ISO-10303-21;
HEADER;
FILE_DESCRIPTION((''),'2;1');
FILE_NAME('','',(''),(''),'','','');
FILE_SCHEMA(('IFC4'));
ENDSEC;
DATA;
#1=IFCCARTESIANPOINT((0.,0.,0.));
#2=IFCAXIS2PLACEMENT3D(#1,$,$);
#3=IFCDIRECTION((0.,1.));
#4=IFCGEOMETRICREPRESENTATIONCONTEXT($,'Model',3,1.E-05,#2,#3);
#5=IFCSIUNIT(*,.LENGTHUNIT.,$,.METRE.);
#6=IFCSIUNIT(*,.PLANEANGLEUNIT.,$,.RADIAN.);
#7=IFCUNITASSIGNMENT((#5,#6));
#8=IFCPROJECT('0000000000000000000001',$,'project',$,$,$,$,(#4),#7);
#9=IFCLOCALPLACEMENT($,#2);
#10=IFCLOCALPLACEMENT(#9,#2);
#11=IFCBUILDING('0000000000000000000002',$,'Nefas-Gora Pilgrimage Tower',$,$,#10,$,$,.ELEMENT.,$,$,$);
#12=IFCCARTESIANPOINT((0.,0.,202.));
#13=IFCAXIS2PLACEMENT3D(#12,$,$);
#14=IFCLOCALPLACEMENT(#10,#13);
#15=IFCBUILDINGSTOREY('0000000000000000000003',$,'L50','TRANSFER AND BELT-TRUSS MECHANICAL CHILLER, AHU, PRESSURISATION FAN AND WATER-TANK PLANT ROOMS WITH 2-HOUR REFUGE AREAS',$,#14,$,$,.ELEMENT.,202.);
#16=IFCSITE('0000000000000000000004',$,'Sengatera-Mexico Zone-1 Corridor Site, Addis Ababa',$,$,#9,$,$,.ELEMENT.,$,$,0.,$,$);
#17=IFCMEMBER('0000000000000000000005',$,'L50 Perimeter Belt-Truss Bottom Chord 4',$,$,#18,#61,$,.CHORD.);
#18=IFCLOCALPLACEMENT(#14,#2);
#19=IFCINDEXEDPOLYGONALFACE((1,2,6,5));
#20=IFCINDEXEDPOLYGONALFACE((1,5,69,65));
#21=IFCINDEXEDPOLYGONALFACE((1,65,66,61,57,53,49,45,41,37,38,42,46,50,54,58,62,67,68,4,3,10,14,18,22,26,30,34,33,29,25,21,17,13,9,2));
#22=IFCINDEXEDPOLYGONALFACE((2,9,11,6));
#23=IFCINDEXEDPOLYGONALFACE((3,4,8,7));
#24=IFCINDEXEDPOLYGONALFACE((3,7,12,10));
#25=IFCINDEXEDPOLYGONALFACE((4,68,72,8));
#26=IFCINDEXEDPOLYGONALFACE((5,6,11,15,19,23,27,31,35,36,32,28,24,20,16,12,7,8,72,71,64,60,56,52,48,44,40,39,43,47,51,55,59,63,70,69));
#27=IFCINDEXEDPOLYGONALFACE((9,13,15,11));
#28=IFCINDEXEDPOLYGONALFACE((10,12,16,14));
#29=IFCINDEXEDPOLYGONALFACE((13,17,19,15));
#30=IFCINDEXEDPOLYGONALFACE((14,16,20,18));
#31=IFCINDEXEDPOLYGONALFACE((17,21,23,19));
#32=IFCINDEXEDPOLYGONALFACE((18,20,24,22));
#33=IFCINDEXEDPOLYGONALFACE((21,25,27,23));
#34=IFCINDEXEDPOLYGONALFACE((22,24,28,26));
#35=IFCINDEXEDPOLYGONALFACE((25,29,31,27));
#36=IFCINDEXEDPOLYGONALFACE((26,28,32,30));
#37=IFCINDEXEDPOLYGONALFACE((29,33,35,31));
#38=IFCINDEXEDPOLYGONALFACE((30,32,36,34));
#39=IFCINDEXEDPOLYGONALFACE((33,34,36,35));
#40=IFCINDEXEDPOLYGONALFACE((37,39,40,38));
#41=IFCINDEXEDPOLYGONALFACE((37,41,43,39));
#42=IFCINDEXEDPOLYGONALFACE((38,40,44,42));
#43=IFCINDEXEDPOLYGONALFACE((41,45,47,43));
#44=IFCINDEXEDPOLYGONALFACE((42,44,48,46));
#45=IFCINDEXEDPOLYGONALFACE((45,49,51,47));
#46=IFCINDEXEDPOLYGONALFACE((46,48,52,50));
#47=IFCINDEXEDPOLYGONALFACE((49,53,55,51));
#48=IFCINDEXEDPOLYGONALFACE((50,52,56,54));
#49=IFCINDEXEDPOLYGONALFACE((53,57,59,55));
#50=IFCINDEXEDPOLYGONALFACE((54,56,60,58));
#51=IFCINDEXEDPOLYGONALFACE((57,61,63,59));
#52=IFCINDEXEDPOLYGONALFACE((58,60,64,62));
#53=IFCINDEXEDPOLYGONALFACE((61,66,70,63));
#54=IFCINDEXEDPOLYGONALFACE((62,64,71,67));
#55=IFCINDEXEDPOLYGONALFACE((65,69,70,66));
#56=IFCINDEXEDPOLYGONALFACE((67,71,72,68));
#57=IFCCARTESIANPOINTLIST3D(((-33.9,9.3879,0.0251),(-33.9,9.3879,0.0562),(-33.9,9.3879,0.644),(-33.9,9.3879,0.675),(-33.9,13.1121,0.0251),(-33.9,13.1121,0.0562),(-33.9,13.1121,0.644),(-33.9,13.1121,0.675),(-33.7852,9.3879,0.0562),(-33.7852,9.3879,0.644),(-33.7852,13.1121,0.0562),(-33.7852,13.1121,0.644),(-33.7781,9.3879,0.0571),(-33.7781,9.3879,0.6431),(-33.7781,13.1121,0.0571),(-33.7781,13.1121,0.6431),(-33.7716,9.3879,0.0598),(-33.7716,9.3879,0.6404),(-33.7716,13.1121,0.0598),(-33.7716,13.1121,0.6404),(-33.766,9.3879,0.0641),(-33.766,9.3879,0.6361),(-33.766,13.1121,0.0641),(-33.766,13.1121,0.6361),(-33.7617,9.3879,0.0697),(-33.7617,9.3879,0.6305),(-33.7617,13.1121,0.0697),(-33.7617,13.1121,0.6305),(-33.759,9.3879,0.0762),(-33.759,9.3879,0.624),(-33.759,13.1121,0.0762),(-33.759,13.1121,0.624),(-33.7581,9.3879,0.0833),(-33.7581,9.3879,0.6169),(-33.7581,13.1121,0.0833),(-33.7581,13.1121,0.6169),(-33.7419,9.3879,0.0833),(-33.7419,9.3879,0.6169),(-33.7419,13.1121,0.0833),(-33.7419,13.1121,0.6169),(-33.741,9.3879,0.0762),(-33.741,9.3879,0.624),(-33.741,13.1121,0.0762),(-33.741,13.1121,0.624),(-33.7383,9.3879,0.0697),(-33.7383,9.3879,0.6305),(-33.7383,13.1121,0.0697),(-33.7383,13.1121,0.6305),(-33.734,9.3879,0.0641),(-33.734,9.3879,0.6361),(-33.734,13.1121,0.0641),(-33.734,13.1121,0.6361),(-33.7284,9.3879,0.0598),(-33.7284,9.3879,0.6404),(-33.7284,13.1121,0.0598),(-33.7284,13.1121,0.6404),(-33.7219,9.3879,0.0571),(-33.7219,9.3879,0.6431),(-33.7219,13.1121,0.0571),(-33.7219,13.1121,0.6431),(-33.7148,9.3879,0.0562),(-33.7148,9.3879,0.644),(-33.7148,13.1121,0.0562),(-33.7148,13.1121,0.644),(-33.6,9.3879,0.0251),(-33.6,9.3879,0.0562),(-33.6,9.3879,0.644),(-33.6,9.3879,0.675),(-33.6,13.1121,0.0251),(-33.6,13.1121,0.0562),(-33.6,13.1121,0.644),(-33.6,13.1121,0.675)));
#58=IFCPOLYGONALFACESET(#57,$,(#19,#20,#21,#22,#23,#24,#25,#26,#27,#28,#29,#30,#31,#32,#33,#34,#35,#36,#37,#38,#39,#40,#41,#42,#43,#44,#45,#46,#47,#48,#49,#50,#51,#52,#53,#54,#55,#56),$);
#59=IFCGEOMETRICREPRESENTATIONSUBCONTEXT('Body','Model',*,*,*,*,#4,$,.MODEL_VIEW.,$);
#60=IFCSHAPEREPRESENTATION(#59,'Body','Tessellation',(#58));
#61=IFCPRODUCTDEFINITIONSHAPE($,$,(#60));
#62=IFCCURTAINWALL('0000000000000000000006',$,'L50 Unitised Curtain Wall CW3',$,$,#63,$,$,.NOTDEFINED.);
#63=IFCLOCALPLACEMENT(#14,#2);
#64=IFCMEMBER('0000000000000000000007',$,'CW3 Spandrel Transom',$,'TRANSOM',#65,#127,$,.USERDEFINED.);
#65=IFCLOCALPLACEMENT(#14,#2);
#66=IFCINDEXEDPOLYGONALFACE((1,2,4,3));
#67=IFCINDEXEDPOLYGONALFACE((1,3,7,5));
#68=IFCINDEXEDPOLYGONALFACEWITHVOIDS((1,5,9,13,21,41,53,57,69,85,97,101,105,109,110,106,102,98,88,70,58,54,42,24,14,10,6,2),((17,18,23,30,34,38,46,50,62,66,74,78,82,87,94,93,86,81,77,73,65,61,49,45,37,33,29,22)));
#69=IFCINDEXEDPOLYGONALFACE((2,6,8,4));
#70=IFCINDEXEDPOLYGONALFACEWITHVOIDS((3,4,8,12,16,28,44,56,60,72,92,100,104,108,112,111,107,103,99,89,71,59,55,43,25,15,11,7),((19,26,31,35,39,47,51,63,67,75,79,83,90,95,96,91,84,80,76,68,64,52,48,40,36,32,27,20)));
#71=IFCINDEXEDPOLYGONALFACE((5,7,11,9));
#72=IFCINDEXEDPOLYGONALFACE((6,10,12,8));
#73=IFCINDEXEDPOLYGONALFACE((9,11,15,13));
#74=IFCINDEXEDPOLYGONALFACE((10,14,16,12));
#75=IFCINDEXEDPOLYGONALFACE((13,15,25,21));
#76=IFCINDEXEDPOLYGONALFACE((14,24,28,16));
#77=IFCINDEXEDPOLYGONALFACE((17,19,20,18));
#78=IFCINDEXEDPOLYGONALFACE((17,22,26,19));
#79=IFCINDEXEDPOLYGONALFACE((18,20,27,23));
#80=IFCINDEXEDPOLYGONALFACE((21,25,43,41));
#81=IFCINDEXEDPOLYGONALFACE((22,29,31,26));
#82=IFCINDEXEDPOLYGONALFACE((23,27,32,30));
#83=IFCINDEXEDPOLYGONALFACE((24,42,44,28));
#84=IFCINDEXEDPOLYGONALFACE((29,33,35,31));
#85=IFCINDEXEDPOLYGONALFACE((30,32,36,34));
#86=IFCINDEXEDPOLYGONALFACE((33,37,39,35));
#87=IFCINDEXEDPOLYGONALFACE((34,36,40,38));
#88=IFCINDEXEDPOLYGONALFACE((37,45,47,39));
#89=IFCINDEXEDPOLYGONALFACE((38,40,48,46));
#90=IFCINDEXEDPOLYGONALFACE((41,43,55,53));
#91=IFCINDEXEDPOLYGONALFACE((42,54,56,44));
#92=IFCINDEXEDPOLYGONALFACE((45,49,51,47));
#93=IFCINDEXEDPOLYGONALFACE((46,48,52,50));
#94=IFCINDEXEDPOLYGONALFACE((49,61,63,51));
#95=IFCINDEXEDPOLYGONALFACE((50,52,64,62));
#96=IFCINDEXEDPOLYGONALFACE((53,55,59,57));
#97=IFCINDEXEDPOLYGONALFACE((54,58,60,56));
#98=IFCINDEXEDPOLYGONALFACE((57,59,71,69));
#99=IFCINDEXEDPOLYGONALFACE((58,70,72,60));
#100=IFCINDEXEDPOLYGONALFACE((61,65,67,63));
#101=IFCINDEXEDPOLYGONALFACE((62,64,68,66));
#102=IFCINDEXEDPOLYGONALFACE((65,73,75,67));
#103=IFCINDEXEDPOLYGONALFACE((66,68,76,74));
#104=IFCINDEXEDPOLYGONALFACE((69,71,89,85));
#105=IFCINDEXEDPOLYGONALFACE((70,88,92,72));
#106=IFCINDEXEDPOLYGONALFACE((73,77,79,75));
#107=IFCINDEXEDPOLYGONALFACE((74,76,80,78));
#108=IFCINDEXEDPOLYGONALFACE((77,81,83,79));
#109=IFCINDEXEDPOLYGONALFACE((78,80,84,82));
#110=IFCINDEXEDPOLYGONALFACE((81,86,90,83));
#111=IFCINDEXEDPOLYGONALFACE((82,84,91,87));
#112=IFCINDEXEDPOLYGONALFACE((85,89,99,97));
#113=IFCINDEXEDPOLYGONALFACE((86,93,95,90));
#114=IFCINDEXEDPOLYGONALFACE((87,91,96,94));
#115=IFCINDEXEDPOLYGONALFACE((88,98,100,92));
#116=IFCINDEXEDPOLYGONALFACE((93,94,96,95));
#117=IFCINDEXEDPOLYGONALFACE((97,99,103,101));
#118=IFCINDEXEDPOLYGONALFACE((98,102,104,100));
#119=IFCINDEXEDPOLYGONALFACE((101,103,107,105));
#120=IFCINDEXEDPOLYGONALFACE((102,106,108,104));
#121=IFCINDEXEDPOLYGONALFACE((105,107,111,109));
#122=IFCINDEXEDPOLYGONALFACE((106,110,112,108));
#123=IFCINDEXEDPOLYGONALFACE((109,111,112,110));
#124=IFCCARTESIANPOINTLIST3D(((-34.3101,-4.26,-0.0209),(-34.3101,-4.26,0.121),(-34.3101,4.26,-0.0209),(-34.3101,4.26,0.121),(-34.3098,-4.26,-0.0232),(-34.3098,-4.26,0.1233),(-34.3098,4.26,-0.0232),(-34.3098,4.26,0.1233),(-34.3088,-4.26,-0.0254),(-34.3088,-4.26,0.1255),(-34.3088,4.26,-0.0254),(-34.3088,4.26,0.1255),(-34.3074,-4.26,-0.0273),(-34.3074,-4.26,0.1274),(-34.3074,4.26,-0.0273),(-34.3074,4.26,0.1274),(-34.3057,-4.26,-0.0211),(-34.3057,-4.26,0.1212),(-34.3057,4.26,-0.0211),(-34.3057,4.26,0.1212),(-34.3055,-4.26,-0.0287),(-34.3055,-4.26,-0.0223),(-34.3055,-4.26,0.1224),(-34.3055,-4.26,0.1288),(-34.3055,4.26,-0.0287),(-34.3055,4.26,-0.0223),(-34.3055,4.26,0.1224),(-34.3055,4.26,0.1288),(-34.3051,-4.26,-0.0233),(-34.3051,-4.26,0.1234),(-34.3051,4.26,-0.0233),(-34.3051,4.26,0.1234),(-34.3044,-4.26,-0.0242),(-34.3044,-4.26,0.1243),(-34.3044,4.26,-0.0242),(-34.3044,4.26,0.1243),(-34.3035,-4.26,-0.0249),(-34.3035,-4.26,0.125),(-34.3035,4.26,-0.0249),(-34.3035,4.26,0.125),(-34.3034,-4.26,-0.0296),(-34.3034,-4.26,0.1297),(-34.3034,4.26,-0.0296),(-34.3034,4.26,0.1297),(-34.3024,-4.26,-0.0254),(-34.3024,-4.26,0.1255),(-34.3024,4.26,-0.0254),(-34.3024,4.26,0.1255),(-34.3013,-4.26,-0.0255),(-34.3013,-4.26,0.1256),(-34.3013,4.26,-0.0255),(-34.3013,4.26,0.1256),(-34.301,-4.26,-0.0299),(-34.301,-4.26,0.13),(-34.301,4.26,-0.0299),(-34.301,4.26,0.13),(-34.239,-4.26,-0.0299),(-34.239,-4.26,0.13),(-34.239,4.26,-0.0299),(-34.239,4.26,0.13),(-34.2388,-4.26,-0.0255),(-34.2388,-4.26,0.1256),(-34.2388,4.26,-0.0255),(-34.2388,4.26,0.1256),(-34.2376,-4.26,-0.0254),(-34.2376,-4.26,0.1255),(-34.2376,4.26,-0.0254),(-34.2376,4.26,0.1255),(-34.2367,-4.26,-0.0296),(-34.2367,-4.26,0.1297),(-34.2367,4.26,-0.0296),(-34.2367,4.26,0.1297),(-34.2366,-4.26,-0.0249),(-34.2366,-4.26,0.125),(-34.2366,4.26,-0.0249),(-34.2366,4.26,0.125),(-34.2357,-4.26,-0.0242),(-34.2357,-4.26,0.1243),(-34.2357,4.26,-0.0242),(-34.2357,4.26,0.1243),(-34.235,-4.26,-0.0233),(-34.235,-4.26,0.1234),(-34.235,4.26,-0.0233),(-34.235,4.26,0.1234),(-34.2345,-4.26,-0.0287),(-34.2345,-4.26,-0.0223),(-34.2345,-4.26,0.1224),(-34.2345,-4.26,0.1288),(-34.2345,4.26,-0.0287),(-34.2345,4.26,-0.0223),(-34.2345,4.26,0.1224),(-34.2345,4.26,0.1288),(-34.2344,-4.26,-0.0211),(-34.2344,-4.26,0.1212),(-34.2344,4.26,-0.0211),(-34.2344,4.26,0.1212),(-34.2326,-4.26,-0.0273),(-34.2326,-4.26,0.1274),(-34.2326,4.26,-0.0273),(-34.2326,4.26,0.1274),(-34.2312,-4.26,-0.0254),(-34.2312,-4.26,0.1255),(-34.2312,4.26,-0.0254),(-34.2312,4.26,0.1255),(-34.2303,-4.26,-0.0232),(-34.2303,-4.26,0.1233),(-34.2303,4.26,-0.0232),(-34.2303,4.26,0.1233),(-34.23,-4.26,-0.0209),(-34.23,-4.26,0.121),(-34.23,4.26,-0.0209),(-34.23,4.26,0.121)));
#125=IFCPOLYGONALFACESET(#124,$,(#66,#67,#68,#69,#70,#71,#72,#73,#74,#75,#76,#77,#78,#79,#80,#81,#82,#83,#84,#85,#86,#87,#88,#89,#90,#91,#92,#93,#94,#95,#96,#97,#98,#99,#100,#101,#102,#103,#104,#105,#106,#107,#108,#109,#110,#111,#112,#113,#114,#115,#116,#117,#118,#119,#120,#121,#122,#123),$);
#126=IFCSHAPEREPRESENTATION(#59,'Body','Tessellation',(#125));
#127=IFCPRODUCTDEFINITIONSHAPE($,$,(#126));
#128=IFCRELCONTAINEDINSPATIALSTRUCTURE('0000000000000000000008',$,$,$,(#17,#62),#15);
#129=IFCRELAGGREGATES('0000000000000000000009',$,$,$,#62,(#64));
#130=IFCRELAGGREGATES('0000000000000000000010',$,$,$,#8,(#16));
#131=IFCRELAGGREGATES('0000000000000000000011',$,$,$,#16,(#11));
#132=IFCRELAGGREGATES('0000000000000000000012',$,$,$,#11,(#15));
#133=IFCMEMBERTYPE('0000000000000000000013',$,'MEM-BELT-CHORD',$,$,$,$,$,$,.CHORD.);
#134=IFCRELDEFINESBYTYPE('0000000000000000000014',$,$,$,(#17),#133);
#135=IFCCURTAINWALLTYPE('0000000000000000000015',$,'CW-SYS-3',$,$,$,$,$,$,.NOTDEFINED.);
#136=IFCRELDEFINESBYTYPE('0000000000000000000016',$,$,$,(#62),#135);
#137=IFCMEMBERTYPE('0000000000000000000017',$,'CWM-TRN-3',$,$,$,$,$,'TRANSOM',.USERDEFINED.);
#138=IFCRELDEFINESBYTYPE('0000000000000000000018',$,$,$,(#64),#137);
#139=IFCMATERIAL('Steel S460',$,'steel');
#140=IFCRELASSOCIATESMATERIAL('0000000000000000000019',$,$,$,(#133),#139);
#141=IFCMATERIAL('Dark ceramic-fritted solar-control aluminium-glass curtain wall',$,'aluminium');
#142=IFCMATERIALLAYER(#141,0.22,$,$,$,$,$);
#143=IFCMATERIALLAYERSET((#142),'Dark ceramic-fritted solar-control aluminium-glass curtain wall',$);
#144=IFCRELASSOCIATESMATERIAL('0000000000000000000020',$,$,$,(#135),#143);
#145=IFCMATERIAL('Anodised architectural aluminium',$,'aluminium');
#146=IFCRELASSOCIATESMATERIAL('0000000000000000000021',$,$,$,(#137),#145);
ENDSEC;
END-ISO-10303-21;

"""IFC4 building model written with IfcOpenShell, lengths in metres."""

from ifc_helpers import new_model, si_unit, direction, frame, origin, origin_2d, place, context, subcontext, project, spatial, hollow_rectangle, i_section, extrude, source, transform, mapped, material, layer, layer_set, material_profile, profile_set, type_object, element, aggregate, save


model = new_model("IFC4")

# Units and contexts
model_context = context("Model", 3, precision=1e-05, world=origin(), true_north=direction((0.0, 1.0)))
body_context = subcontext(model_context, "Body", "Model", "MODEL_VIEW")
ifc_project = project(units=[si_unit("LENGTHUNIT", "METRE"), si_unit("PLANEANGLEUNIT", "RADIAN")], contexts=[model_context])

# Site, building, storey
site_placement = place(None, origin())
site = spatial("IfcSite", under=ifc_project, at=site_placement, Name="Sengatera-Mexico Zone-1 Corridor Site, Addis Ababa", CompositionType="ELEMENT", RefElevation=0.0)
building_placement = place(site_placement, origin())
building = spatial("IfcBuilding", under=site, at=building_placement, Name="Nefas-Gora Pilgrimage Tower", CompositionType="ELEMENT")
storey_placement = place(building_placement, frame((0.0, 0.0, 202.0)))
storey = spatial("IfcBuildingStorey", under=building, at=storey_placement, Name="L50", Description="TRANSFER AND BELT-TRUSS MECHANICAL CHILLER, AHU, PRESSURISATION FAN AND WATER-TANK PLANT ROOMS WITH 2-HOUR REFUGE AREAS", CompositionType="ELEMENT", Elevation=202.0)

# Shared definitions
ifc_material_1 = material(Name="Steel S460", Category="steel")

# Member
ifc_material_profile_1 = material_profile(ifc_material_1, i_section(OverallWidth=0.3, OverallDepth=0.6499, WebThickness=0.0161, FlangeThickness=0.031, FilletRadius=0.0271, at=origin_2d()), Name="HEB 650")
ifc_profile_set_1 = profile_set([ifc_material_profile_1], Name="Steel S460")
member_type_1 = type_object("IfcMemberType", Name="MEM-BELT-CHORD", PredefinedType="CHORD", material=ifc_profile_set_1)
shared_shape_1 = source(origin(), body_context, "Body", "SweptSolid", [
    extrude(i_section(OverallWidth=0.3, OverallDepth=0.6499, WebThickness=0.0161, FlangeThickness=0.031, FilletRadius=0.0271, at=origin_2d()), origin(), (0.0, 0.0, 1.0), 3.7241),
])
for number, where, z_axis, x_axis, name in (
    (1, (-33.75, 9.3879, 0.3501), (0.0, 1.0, 0.0), (-1.0, 0.0, 0.0), "L50 Perimeter Belt-Truss Bottom Chord 4"),
):
    element("IfcMember", number, at=place(storey_placement, frame(where, z_axis=z_axis, x_axis=x_axis)), inside=storey, type_object=member_type_1, Name=name, PredefinedType="CHORD", context=body_context, shape_type="MappedRepresentation", body=[
        mapped(shared_shape_1, transform((0.0, 0.0, 0.0), x_axis=(1.0, 0.0, 0.0), y_axis=(0.0, 1.0, 0.0), z_axis=(0.0, 0.0, 1.0), scale=1.0)),
    ])

# Curtain wall, member
ifc_material_2 = material(Name="Dark ceramic-fritted solar-control aluminium-glass curtain wall", Category="aluminium")
ifc_layer_1 = layer(ifc_material_2, 0.22)
ifc_layer_set_1 = layer_set([ifc_layer_1], Name="Dark ceramic-fritted solar-control aluminium-glass curtain wall")
curtain_wall_type = type_object("IfcCurtainWallType", Name="CW-SYS-3", PredefinedType="NOTDEFINED", material=ifc_layer_set_1)
curtain_wall_placement = place(storey_placement, origin())
curtain_wall = element("IfcCurtainWall", 2, at=curtain_wall_placement, inside=storey, type_object=curtain_wall_type, Name="L50 Unitised Curtain Wall CW3", PredefinedType="NOTDEFINED")
ifc_material_3 = material(Name="Anodised architectural aluminium", Category="aluminium")
ifc_material_profile_2 = material_profile(ifc_material_3, hollow_rectangle(XDim=0.0801, YDim=0.1599, WallThickness=0.0044, InnerFilletRadius=0.0044, OuterFilletRadius=0.009, at=origin_2d()), Name="ALU TRANSOM 80x160")
ifc_profile_set_2 = profile_set([ifc_material_profile_2], Name="Anodised architectural aluminium")
member_type_2 = type_object("IfcMemberType", Name="CWM-TRN-3", ElementType="TRANSOM", PredefinedType="USERDEFINED", material=ifc_profile_set_2)
shared_shape_2 = source(origin(), body_context, "Body", "SweptSolid", [
    extrude(hollow_rectangle(XDim=0.0801, YDim=0.1599, WallThickness=0.0044, InnerFilletRadius=0.0044, OuterFilletRadius=0.009, at=origin_2d()), origin(), (0.0, 0.0, 1.0), 8.52),
])
member_1_placement = place(storey_placement, frame((-34.27, 4.26, 0.05), z_axis=(0.0, -1.0, 0.0), x_axis=(1.0, 0.0, 0.0)))
member_1 = element("IfcMember", 3, at=member_1_placement, type_object=member_type_2, Name="CW3 Spandrel Transom", ObjectType="TRANSOM", PredefinedType="USERDEFINED", context=body_context, shape_type="MappedRepresentation", body=[
    mapped(shared_shape_2, transform((0.0, 0.0, 0.0), x_axis=(1.0, 0.0, 0.0), y_axis=(0.0, 1.0, 0.0), z_axis=(0.0, 0.0, 1.0), scale=1.0)),
])
aggregate(curtain_wall, [member_1])

save(model, "model.ifc")
